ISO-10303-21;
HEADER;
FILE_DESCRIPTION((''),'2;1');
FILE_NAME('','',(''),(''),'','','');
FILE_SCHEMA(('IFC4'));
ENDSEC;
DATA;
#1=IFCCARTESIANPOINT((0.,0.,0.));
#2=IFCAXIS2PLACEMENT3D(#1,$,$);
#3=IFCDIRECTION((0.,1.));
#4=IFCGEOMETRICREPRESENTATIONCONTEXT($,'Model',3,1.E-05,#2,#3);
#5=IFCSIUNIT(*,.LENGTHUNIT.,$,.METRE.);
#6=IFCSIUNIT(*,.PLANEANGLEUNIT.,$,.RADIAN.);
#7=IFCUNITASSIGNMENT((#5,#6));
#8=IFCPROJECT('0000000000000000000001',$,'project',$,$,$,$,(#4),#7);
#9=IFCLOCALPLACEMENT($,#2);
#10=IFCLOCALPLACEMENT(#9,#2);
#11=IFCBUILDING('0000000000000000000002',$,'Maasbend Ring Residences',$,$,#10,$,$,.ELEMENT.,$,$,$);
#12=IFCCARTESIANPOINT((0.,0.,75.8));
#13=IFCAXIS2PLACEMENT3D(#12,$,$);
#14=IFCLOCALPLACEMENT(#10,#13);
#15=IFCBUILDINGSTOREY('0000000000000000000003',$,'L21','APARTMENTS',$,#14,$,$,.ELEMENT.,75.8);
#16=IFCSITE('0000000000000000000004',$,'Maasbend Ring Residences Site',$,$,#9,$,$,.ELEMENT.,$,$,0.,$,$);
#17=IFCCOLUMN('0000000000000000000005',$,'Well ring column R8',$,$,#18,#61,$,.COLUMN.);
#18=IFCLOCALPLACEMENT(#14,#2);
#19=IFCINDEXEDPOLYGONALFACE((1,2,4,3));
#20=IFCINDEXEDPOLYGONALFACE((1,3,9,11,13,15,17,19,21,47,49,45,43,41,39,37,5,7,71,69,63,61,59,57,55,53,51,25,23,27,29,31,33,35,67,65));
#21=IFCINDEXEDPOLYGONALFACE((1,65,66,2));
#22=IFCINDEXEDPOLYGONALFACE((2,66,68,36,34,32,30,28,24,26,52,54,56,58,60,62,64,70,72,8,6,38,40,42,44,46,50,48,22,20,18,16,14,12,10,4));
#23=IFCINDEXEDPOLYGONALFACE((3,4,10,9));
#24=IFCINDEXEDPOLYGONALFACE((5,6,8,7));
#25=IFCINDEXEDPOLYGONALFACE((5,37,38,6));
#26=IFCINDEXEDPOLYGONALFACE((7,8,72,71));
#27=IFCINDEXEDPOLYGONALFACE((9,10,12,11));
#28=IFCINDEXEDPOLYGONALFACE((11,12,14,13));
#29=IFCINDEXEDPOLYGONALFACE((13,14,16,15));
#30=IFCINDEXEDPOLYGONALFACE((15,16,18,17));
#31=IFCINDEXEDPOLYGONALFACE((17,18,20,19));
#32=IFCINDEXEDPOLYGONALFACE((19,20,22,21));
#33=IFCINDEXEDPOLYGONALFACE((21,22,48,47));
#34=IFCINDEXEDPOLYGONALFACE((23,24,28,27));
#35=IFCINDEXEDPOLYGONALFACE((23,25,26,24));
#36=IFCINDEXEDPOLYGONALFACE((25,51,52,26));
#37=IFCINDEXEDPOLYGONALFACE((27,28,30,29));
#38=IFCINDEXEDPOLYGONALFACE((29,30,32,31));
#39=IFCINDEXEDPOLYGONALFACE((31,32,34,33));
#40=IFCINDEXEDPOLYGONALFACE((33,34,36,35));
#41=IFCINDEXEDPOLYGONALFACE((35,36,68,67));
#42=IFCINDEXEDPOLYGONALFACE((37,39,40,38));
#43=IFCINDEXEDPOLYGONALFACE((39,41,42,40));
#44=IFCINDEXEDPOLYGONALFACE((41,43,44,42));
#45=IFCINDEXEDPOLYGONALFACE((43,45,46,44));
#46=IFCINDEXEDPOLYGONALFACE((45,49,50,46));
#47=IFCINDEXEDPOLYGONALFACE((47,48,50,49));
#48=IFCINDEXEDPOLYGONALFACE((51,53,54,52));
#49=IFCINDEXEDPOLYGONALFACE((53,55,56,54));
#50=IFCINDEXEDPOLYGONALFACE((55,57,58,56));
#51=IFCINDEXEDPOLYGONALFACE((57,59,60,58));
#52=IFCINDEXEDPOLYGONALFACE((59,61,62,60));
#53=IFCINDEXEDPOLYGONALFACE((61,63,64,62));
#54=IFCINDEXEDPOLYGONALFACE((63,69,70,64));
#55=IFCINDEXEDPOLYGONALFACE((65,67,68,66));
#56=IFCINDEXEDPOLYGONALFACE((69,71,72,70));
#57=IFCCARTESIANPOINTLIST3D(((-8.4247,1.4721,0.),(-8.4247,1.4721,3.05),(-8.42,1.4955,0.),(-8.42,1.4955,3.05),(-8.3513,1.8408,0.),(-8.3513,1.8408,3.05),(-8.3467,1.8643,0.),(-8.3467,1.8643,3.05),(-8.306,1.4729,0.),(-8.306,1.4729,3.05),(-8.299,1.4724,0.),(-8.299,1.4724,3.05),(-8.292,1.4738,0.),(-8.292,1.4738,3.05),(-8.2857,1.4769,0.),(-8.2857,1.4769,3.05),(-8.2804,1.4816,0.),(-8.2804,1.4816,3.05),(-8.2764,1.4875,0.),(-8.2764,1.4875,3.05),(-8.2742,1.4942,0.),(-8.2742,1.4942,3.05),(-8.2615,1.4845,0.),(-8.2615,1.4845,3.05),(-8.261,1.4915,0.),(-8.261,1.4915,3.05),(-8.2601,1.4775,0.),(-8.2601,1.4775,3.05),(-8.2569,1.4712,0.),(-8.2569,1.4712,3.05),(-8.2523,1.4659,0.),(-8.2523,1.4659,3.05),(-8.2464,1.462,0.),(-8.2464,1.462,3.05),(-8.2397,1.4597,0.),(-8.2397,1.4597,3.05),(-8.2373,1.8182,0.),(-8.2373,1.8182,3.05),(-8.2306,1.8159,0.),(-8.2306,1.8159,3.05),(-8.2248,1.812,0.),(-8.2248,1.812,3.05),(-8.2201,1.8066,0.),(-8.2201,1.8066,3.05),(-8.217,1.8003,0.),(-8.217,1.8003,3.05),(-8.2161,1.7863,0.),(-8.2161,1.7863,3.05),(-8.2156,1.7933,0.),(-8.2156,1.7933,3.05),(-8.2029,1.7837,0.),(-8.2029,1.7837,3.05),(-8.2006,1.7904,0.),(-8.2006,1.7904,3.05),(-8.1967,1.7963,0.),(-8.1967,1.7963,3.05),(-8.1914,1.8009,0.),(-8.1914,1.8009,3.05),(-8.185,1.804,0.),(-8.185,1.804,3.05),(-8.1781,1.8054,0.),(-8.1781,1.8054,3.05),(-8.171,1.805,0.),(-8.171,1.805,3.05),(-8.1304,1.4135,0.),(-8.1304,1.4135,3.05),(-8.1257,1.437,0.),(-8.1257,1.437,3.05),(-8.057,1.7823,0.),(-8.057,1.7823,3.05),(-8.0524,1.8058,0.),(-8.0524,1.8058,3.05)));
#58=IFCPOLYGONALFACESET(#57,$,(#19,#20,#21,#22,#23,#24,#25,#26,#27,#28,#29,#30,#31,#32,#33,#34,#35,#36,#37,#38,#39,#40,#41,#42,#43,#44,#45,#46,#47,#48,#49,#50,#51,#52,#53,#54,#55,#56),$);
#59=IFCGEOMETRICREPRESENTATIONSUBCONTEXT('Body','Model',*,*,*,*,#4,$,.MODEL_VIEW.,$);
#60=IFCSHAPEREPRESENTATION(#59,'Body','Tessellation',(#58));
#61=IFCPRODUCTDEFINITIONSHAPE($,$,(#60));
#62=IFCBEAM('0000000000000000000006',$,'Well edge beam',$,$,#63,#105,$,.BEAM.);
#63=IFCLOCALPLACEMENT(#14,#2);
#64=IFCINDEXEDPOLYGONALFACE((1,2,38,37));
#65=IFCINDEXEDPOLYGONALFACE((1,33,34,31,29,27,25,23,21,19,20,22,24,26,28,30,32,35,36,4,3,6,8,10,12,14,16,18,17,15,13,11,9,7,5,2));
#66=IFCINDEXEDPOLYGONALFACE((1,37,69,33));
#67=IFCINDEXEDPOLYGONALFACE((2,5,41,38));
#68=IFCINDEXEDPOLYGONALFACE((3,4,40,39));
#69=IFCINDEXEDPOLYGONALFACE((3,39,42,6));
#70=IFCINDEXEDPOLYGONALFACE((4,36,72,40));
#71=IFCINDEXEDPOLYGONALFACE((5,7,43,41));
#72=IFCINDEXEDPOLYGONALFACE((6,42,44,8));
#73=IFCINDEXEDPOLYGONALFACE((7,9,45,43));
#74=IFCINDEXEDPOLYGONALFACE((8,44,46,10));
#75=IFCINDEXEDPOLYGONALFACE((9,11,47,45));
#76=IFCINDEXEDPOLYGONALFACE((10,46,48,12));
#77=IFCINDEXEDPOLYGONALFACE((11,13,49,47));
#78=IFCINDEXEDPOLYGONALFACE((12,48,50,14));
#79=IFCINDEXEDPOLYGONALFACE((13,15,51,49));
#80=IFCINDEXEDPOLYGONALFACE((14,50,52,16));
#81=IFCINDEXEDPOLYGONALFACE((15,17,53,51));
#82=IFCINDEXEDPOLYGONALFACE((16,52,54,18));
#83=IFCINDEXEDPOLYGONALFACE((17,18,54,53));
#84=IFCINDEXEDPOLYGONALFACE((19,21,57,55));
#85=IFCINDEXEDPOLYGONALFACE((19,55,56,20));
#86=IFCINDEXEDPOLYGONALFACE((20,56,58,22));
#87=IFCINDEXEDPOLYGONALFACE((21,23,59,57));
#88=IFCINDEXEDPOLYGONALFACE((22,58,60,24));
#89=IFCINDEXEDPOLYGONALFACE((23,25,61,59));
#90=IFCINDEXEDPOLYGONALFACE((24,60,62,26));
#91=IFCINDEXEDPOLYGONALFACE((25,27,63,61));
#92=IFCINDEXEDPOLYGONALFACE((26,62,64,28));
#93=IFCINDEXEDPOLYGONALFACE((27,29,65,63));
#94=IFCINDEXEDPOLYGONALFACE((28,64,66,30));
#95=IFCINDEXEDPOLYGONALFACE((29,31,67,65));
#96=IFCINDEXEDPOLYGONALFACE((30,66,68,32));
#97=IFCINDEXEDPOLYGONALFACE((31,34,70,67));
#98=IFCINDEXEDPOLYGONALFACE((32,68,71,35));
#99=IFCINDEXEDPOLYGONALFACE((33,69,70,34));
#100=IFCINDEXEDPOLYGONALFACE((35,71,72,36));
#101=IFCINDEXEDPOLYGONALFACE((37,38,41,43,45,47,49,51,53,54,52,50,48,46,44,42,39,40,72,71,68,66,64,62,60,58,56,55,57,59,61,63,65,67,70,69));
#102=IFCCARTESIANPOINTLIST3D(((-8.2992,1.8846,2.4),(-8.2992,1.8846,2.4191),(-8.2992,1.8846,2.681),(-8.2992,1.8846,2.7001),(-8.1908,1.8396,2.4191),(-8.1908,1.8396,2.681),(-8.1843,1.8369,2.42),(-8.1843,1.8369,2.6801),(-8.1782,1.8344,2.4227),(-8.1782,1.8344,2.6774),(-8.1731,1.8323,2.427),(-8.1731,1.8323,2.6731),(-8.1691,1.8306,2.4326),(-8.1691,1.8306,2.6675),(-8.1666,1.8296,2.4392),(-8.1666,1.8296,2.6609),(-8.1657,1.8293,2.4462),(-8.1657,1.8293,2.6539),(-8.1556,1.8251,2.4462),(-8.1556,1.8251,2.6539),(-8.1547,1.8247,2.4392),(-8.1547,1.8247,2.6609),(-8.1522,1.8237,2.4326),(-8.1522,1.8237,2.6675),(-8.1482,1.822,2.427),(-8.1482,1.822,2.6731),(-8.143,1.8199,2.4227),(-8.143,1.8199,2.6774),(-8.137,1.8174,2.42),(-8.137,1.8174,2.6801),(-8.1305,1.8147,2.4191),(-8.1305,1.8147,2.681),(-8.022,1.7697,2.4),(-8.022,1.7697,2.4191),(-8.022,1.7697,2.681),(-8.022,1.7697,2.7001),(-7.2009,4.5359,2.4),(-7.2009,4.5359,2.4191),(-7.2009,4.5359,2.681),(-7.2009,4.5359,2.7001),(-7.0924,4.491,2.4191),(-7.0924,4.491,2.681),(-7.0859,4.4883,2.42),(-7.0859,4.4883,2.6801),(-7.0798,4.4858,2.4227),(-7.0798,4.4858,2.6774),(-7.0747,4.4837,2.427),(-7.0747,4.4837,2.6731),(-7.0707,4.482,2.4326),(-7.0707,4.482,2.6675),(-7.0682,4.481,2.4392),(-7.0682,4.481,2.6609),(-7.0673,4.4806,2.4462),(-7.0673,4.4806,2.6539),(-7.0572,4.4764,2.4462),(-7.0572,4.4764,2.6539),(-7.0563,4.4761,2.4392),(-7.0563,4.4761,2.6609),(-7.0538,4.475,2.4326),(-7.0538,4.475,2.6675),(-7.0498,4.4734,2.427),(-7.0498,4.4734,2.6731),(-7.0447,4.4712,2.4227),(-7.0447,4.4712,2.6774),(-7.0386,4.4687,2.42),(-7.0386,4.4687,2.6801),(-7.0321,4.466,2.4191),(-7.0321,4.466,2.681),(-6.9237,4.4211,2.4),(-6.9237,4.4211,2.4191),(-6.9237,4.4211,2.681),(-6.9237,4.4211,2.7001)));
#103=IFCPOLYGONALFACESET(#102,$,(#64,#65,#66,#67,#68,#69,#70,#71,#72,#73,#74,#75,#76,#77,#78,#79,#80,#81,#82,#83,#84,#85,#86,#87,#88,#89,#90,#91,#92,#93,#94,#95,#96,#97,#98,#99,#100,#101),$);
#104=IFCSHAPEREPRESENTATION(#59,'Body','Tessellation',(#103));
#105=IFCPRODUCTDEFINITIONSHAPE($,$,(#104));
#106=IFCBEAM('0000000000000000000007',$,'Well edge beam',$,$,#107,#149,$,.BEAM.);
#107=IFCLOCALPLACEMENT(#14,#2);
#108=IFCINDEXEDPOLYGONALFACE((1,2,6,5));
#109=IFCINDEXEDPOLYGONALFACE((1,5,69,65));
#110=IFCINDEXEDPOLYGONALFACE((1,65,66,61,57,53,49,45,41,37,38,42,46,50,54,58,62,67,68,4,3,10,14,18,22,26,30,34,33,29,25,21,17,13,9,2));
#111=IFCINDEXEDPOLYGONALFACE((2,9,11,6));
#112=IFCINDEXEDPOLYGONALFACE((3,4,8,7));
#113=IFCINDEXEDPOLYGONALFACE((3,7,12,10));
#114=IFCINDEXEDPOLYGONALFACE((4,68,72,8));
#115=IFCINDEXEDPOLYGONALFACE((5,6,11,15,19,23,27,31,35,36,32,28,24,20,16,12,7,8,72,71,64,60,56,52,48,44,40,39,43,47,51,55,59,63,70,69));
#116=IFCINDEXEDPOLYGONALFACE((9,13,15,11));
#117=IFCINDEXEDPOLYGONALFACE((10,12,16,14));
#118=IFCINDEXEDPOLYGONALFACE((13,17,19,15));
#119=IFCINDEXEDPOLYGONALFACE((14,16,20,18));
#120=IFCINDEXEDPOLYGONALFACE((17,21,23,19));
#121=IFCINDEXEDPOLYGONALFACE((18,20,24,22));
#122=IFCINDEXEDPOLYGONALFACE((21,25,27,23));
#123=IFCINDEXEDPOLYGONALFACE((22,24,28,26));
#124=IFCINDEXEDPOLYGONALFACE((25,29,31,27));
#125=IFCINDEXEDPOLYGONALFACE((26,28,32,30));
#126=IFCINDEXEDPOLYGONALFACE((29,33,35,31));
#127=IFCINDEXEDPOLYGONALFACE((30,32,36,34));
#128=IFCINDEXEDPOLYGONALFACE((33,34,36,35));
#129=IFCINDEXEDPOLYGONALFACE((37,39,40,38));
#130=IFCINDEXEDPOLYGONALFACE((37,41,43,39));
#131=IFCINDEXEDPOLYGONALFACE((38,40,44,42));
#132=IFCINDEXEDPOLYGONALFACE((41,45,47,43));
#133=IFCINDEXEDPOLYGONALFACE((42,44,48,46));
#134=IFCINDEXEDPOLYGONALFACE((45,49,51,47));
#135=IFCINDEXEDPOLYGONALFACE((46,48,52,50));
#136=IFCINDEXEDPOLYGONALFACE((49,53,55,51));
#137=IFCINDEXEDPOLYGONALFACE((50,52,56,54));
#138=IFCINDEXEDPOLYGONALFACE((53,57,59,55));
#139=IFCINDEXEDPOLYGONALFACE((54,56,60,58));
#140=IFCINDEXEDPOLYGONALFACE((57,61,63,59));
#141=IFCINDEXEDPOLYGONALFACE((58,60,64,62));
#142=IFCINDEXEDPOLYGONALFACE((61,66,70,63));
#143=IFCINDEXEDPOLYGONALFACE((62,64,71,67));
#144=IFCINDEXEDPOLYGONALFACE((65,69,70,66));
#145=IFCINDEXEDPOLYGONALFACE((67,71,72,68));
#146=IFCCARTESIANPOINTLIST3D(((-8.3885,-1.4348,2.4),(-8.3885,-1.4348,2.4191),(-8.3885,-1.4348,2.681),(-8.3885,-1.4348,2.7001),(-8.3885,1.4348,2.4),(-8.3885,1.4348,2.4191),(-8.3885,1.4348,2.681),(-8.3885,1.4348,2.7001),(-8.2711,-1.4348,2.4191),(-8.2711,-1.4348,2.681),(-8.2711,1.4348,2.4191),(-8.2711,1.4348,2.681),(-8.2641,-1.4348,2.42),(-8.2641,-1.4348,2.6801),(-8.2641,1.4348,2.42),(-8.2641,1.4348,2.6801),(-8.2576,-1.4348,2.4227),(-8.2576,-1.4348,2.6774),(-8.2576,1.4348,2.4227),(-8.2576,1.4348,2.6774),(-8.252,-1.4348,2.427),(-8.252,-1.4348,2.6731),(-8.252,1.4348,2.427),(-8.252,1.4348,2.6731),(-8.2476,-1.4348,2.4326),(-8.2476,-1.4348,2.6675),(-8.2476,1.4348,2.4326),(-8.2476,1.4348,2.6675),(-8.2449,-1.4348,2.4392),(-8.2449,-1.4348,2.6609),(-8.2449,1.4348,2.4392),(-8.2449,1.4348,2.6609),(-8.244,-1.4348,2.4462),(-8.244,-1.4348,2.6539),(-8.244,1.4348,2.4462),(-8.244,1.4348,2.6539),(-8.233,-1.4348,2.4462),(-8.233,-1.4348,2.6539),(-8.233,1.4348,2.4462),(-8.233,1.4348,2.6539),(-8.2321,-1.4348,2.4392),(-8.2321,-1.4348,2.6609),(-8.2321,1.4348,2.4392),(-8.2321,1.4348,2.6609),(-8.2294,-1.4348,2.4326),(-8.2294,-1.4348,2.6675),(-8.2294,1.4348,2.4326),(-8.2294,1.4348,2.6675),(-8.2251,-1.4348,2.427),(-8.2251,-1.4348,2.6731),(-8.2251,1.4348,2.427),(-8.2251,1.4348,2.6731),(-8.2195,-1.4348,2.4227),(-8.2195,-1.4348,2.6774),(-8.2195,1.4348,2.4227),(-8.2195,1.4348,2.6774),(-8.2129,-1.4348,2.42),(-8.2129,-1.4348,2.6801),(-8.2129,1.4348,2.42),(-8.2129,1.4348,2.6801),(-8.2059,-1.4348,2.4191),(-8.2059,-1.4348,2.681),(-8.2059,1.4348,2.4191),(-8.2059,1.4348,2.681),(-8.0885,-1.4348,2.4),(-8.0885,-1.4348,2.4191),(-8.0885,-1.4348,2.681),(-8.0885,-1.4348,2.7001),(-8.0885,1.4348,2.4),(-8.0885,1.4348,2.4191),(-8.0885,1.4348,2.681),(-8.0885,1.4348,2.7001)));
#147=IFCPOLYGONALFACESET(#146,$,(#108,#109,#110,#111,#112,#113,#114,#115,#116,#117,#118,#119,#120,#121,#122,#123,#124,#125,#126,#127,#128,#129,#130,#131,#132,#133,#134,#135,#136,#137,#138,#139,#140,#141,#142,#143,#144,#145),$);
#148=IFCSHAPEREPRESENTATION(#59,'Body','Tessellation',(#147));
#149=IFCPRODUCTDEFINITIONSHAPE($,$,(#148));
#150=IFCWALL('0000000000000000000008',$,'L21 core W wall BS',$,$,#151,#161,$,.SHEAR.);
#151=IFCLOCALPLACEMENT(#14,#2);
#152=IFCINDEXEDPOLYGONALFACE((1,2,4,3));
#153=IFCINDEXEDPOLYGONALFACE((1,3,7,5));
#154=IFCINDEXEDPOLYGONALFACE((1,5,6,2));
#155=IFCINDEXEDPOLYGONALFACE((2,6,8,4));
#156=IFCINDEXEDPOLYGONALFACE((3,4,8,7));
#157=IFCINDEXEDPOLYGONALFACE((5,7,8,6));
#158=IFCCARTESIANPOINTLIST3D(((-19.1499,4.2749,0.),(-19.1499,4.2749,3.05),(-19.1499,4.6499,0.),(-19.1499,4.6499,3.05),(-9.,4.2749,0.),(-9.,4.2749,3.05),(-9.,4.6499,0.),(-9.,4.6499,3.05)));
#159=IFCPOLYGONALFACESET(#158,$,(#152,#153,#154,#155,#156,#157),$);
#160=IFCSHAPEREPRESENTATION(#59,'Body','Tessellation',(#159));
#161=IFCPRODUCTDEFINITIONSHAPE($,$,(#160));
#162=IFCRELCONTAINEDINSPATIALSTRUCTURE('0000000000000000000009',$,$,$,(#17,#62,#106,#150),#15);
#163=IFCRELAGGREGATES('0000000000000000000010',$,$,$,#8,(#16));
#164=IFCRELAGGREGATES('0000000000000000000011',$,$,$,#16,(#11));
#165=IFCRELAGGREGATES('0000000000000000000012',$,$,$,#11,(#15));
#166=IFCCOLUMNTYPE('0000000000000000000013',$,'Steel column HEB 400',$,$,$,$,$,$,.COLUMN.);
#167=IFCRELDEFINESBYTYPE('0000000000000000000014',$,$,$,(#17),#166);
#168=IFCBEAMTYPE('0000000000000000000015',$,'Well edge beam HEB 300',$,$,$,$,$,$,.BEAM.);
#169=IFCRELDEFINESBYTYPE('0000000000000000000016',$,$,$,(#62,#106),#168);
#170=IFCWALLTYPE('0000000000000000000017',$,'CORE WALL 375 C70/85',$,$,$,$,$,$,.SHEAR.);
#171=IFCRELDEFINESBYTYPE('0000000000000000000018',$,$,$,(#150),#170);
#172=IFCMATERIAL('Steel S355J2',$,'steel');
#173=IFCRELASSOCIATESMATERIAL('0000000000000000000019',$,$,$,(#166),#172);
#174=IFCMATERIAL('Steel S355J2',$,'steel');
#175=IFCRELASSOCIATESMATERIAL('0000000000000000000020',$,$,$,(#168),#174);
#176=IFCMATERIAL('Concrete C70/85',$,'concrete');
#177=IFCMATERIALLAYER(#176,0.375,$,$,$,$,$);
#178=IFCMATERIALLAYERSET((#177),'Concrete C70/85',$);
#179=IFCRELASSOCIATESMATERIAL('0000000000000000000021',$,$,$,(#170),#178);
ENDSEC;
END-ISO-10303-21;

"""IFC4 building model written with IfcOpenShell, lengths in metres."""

from ifc_helpers import new_model, si_unit, direction, frame, frame_2d, origin, origin_2d, place, context, subcontext, project, spatial, rectangle, i_section, extrude, material, layer, layer_set, material_profile, profile_set, type_object, element, save


model = new_model("IFC4")

# Units and contexts
model_context = context("Model", 3, precision=1e-05, world=origin(), true_north=direction((0.0, 1.0)))
body_context = subcontext(model_context, "Body", "Model", "MODEL_VIEW")
ifc_project = project(units=[si_unit("LENGTHUNIT", "METRE"), si_unit("PLANEANGLEUNIT", "RADIAN")], contexts=[model_context])

# Site, building, storey
site_placement = place(None, origin())
site = spatial("IfcSite", under=ifc_project, at=site_placement, Name="Maasbend Ring Residences Site", CompositionType="ELEMENT", RefElevation=0.0)
building_placement = place(site_placement, origin())
building = spatial("IfcBuilding", under=site, at=building_placement, Name="Maasbend Ring Residences", CompositionType="ELEMENT")
storey_placement = place(building_placement, frame((0.0, 0.0, 75.8)))
storey = spatial("IfcBuildingStorey", under=building, at=storey_placement, Name="L21", Description="APARTMENTS", CompositionType="ELEMENT", Elevation=75.8)

# Column
ifc_material_1 = material(Name="Steel S355J2", Category="steel")
ifc_material_profile_1 = material_profile(ifc_material_1, i_section(OverallWidth=0.3, OverallDepth=0.3999, WebThickness=0.0134, FlangeThickness=0.0239, FilletRadius=0.0271, at=origin_2d()), Name="HEB 400")
ifc_profile_set_1 = profile_set([ifc_material_profile_1], Name="Steel S355J2")
column_type = type_object("IfcColumnType", Name="Steel column HEB 400", PredefinedType="COLUMN", material=ifc_profile_set_1)
column_placement = place(storey_placement, frame((-8.2385, 1.6389, 0.0), z_axis=(0.0, 0.0, 1.0), x_axis=(-0.980785, 0.19509, 0.0)))
element("IfcColumn", 1, at=column_placement, inside=storey, type_object=column_type, Name="Well ring column R8", PredefinedType="COLUMN", context=body_context, shape_type="SweptSolid", body=[
    extrude(i_section(OverallWidth=0.3, OverallDepth=0.3999, WebThickness=0.0134, FlangeThickness=0.0239, FilletRadius=0.0271, at=origin_2d()), origin(), (0.0, 0.0, 1.0), 3.05),
])

# Beams
ifc_material_2 = material(Name="Steel S355J2", Category="steel")
ifc_material_profile_2 = material_profile(ifc_material_2, i_section(OverallWidth=0.3, OverallDepth=0.3, WebThickness=0.011, FlangeThickness=0.019, FilletRadius=0.0271, at=origin_2d()), Name="HEB 300")
ifc_profile_set_2 = profile_set([ifc_material_profile_2], Name="Steel S355J2")
beam_type = type_object("IfcBeamType", Name="Well edge beam HEB 300", PredefinedType="BEAM", material=ifc_profile_set_2)
beam_1_placement = place(storey_placement, frame((-7.0623, 4.4785, 2.55), z_axis=(-0.38273, -0.92386, 0.0), x_axis=(0.92386, -0.38273, 0.0)))
element("IfcBeam", 2, at=beam_1_placement, inside=storey, type_object=beam_type, Name="Well edge beam", PredefinedType="BEAM", context=body_context, shape_type="SweptSolid", body=[
    extrude(i_section(OverallWidth=0.3, OverallDepth=0.3, WebThickness=0.011, FlangeThickness=0.019, FilletRadius=0.0271, at=origin_2d()), origin(), (0.0, 0.0, 1.0), 2.8699),
])
beam_2_placement = place(storey_placement, frame((-8.2385, 1.4348, 2.55), z_axis=(0.0, -1.0, 0.0), x_axis=(1.0, 0.0, 0.0)))
element("IfcBeam", 3, at=beam_2_placement, inside=storey, type_object=beam_type, Name="Well edge beam", PredefinedType="BEAM", context=body_context, shape_type="SweptSolid", body=[
    extrude(i_section(OverallWidth=0.3, OverallDepth=0.3, WebThickness=0.011, FlangeThickness=0.019, FilletRadius=0.0271, at=origin_2d()), origin(), (0.0, 0.0, 1.0), 2.8696),
])

# Wall
ifc_material_3 = material(Name="Concrete C70/85", Category="concrete")
ifc_layer_1 = layer(ifc_material_3, 0.375)
ifc_layer_set_1 = layer_set([ifc_layer_1], Name="Concrete C70/85")
wall_type_1 = type_object("IfcWallType", Name="CORE WALL 375 C70/85", PredefinedType="SHEAR", material=ifc_layer_set_1)
wall_1_placement = place(storey_placement, frame((-9.0, 4.4624, 0.0), z_axis=(0.0, 0.0, 1.0), x_axis=(-1.0, 0.0, 0.0)))
element("IfcWall", 4, at=wall_1_placement, inside=storey, type_object=wall_type_1, Name="L21 core W wall BS", PredefinedType="SHEAR", context=body_context, shape_type="SweptSolid", body=[
    extrude(rectangle(XDim=10.1499, YDim=0.375, at=frame_2d((5.075, 0.0))), origin(), (0.0, 0.0, 1.0), 3.05),
])

save(model, "model.ifc")
